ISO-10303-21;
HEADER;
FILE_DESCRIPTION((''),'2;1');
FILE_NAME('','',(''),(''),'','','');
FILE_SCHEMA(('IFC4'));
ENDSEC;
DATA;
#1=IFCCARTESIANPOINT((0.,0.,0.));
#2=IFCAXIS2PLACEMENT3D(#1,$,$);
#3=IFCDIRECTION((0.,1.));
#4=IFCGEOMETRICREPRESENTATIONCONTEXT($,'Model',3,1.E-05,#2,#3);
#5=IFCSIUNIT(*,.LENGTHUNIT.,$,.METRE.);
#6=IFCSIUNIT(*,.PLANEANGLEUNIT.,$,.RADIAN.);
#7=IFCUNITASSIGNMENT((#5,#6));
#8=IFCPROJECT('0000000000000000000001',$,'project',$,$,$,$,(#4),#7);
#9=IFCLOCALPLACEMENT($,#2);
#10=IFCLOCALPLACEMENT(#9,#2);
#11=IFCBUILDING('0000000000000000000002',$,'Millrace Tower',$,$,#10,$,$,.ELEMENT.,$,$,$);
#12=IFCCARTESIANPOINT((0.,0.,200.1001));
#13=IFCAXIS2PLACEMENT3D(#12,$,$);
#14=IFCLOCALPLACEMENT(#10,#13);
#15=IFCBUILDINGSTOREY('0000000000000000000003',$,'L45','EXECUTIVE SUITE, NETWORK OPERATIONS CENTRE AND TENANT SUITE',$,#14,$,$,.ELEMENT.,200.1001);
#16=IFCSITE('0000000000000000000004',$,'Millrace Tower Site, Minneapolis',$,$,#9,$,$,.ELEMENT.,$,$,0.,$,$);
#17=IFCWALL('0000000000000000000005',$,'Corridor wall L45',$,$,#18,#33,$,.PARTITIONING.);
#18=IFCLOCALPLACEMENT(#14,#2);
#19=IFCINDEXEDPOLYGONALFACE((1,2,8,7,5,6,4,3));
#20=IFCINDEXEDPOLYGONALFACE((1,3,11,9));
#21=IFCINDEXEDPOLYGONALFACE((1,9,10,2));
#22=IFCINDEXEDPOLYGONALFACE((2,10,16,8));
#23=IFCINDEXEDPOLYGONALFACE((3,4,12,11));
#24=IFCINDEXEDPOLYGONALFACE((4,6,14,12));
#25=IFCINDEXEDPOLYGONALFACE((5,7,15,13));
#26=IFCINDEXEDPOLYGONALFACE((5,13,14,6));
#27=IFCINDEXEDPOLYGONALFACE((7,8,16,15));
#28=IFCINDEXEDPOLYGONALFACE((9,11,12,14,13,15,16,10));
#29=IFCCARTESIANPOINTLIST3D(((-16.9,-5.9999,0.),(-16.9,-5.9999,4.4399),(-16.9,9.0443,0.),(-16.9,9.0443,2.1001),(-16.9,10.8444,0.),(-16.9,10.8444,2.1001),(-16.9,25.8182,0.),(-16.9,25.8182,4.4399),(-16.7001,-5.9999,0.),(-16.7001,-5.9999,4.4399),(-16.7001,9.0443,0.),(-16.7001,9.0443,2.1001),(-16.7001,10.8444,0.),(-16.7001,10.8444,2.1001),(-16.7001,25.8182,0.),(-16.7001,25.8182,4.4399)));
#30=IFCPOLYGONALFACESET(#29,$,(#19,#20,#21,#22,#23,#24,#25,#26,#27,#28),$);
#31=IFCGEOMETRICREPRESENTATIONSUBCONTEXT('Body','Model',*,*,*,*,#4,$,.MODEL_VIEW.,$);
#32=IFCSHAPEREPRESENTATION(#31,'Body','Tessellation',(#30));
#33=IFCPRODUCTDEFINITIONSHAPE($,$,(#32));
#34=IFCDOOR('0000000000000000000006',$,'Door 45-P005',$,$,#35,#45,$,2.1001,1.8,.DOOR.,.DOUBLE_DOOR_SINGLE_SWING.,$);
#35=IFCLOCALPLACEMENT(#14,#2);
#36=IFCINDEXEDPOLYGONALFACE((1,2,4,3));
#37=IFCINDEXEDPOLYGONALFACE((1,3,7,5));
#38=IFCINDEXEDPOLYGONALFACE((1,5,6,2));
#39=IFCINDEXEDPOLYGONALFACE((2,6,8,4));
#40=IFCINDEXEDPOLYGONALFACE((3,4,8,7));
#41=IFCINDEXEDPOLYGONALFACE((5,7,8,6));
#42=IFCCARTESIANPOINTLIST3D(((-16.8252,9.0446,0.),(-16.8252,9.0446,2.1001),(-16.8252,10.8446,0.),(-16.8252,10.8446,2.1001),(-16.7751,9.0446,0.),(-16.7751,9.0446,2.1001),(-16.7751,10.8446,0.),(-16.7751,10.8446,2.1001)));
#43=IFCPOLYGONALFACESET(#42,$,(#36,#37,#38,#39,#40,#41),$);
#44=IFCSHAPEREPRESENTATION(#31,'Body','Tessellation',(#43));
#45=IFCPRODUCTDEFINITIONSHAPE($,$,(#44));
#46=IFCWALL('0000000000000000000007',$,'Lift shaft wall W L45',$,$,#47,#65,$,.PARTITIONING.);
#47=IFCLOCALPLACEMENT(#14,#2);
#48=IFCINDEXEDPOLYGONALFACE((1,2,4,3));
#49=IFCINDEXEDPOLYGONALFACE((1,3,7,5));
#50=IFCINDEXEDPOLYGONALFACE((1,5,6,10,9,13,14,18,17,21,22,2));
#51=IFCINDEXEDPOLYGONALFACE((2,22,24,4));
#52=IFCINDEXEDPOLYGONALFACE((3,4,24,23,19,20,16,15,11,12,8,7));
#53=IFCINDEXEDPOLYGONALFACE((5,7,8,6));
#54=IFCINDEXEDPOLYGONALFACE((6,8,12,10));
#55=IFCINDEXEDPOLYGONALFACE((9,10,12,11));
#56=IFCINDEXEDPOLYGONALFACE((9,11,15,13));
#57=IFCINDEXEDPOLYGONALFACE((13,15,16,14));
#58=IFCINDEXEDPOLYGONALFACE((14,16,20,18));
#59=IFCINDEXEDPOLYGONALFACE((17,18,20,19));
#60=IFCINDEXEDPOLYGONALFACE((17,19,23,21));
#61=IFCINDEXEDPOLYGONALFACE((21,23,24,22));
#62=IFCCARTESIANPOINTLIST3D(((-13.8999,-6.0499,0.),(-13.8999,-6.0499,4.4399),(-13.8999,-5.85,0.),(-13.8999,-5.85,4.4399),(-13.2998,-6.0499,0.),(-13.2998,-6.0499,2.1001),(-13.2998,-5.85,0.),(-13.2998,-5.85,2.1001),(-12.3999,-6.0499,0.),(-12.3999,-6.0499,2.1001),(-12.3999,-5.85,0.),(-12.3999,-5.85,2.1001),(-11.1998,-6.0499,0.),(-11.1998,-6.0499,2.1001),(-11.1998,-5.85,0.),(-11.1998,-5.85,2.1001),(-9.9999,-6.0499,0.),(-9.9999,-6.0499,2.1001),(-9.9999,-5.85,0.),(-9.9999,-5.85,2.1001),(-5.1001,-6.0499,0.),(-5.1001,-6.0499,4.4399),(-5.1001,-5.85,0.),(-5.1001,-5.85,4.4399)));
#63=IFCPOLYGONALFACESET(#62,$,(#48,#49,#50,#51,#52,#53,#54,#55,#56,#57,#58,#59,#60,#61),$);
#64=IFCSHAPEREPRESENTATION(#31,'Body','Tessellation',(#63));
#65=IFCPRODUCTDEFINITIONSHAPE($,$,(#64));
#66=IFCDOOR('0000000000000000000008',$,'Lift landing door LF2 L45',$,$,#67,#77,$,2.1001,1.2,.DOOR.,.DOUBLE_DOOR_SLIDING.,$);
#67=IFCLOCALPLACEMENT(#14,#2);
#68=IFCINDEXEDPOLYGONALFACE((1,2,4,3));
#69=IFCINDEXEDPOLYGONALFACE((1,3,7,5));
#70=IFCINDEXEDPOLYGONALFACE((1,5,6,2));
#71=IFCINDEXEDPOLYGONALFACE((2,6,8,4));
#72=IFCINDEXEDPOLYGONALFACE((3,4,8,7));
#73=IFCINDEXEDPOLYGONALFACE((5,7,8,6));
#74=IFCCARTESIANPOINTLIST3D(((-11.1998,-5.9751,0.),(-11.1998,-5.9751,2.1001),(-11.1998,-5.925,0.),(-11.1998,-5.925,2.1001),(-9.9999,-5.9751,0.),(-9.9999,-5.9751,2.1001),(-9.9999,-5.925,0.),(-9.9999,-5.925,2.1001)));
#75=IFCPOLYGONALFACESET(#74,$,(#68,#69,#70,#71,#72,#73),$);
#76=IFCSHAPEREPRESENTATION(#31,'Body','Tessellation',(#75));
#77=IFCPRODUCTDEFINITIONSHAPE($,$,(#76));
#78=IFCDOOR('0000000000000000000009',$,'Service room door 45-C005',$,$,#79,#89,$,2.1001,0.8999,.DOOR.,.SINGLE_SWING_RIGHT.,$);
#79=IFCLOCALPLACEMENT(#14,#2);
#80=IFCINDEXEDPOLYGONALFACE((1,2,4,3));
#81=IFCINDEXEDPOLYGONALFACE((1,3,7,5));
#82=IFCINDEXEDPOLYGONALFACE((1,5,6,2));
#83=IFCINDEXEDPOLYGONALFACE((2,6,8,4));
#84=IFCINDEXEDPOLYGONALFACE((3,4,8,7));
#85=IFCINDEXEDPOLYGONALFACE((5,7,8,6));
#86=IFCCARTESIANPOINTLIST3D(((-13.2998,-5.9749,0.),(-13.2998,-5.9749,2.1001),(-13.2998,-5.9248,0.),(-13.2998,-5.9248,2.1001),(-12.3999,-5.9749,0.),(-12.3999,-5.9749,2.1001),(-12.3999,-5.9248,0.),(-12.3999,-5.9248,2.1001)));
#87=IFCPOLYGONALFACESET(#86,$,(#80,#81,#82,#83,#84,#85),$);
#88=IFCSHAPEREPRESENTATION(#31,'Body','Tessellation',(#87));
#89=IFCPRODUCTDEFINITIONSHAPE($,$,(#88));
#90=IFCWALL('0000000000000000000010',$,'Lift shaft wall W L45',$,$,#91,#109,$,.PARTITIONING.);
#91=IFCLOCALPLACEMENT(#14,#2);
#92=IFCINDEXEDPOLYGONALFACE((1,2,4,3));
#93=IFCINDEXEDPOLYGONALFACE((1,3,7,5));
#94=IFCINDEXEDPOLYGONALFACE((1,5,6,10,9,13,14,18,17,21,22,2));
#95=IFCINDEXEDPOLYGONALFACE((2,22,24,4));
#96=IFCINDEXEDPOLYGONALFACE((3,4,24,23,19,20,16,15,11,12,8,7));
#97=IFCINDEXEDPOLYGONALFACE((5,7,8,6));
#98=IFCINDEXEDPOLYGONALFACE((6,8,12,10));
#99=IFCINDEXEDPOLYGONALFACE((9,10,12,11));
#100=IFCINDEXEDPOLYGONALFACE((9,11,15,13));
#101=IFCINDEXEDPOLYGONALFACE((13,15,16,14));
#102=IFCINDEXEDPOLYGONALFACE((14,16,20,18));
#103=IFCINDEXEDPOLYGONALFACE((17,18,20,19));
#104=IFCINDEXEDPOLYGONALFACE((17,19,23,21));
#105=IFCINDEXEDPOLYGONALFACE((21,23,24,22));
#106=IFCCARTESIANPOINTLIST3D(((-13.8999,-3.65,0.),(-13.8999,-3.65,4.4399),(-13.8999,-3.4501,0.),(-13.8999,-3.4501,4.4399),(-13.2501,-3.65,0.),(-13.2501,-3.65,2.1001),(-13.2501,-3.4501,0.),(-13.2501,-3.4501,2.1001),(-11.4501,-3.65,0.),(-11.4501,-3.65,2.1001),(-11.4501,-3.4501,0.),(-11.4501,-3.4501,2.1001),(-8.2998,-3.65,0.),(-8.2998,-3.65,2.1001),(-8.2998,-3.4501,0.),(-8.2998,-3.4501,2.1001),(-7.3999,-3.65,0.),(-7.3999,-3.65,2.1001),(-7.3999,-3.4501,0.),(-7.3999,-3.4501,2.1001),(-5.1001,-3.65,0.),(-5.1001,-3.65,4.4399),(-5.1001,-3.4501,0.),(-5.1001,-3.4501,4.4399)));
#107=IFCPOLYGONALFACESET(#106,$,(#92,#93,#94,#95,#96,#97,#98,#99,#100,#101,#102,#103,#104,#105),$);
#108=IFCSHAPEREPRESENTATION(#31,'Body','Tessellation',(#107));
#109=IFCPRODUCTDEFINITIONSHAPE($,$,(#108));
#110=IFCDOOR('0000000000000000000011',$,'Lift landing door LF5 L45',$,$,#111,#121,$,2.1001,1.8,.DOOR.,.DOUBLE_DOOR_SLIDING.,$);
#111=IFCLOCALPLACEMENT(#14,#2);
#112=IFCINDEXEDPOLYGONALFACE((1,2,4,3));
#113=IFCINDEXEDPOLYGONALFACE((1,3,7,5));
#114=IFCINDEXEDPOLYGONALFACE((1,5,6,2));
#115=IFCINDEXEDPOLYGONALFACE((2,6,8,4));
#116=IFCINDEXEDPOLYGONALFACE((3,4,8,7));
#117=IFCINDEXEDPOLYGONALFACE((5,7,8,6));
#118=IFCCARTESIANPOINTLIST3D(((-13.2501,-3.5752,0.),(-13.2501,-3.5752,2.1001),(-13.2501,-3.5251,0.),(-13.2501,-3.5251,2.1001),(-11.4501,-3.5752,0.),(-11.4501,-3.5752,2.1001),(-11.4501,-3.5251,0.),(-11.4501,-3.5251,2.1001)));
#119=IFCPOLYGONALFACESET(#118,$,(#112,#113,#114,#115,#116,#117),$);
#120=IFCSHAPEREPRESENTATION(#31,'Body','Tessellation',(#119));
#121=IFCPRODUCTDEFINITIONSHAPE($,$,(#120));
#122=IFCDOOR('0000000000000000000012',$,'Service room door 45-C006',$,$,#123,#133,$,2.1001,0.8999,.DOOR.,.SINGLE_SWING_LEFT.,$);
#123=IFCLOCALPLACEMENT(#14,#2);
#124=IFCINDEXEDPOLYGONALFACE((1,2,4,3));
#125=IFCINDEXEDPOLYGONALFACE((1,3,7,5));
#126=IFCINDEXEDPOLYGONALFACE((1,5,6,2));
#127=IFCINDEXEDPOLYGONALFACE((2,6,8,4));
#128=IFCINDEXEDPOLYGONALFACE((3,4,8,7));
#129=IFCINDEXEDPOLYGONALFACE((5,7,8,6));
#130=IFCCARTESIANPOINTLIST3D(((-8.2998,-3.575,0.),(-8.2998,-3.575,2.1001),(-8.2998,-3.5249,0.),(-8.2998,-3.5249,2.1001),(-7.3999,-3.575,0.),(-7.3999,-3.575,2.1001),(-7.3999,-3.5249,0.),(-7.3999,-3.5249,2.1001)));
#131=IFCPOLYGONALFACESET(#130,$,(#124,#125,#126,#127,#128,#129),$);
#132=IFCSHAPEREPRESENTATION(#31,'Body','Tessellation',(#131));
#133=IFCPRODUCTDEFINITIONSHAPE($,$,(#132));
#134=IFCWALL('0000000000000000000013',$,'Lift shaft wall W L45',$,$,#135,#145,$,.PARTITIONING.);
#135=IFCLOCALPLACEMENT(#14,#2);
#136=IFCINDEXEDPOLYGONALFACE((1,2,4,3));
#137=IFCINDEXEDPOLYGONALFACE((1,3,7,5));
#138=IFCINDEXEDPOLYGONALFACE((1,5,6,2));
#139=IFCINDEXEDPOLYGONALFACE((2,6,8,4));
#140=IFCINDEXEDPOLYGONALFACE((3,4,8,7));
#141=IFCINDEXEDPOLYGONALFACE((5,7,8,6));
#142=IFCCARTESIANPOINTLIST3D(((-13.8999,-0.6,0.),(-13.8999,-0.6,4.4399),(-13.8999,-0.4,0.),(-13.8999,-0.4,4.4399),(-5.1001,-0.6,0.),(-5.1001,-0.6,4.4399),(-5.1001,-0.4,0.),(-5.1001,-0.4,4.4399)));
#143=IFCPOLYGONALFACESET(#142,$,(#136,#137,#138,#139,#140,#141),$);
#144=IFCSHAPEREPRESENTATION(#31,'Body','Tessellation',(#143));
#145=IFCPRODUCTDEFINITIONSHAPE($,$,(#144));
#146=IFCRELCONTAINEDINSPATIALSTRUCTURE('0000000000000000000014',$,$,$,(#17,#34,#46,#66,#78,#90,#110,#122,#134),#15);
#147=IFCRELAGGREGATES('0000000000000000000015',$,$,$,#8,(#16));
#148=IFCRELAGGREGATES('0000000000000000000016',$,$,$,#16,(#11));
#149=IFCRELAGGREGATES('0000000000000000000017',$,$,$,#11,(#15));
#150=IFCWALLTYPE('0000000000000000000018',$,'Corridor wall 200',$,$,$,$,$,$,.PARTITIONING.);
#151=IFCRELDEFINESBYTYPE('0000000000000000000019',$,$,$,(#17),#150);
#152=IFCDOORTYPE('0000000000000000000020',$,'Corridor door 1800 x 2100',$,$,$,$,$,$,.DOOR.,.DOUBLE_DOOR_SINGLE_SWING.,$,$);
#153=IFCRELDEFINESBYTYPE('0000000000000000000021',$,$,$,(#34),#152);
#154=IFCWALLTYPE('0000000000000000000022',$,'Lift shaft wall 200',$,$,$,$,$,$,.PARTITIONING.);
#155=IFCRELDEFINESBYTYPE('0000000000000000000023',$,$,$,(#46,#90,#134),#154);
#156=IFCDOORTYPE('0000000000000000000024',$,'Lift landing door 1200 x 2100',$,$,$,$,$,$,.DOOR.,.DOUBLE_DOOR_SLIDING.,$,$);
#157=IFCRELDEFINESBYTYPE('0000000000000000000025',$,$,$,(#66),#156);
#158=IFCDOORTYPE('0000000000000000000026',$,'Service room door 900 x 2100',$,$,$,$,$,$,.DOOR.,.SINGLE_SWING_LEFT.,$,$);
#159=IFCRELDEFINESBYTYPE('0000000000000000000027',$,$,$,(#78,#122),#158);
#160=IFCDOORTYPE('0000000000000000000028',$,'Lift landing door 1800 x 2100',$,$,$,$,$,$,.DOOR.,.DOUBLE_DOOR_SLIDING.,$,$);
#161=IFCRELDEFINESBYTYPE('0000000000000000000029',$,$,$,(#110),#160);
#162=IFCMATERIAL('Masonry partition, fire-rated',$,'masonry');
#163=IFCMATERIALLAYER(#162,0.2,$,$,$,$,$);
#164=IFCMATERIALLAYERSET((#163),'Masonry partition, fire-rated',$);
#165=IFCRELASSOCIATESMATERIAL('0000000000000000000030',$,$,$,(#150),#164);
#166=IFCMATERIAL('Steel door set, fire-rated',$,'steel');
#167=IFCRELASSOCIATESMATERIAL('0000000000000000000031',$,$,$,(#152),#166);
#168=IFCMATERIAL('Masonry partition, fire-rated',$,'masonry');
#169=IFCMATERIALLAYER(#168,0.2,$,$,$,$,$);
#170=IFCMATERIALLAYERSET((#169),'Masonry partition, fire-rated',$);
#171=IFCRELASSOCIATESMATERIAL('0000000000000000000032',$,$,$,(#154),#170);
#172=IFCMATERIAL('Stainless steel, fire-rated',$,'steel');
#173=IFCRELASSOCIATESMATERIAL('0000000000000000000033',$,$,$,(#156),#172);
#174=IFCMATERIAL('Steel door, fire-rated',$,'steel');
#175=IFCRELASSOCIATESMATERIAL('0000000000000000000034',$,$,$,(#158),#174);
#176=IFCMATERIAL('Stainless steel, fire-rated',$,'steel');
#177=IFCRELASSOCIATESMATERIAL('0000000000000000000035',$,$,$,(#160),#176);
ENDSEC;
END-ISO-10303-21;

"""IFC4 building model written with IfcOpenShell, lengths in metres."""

from ifc_helpers import new_model, si_unit, direction, frame, frame_2d, origin, place, context, subcontext, project, spatial, rectangle, extrude, material, layer, layer_set, type_object, element, fill, save


model = new_model("IFC4")

# Units and contexts
model_context = context("Model", 3, precision=1e-05, world=origin(), true_north=direction((0.0, 1.0)))
body_context = subcontext(model_context, "Body", "Model", "MODEL_VIEW")
ifc_project = project(units=[si_unit("LENGTHUNIT", "METRE"), si_unit("PLANEANGLEUNIT", "RADIAN")], contexts=[model_context])

# Site, building, storey
site_placement = place(None, origin())
site = spatial("IfcSite", under=ifc_project, at=site_placement, Name="Millrace Tower Site, Minneapolis", CompositionType="ELEMENT", RefElevation=0.0)
building_placement = place(site_placement, origin())
building = spatial("IfcBuilding", under=site, at=building_placement, Name="Millrace Tower", CompositionType="ELEMENT")
storey_placement = place(building_placement, frame((0.0, 0.0, 200.1001)))
storey = spatial("IfcBuildingStorey", under=building, at=storey_placement, Name="L45", Description="EXECUTIVE SUITE, NETWORK OPERATIONS CENTRE AND TENANT SUITE", CompositionType="ELEMENT", Elevation=200.1001)

# Shared definitions
ifc_material_1 = material(Name="Masonry partition, fire-rated", Category="masonry")
ifc_layer_1 = layer(ifc_material_1, 0.2)
ifc_layer_set_1 = layer_set([ifc_layer_1], Name="Masonry partition, fire-rated")
wall_type_1 = type_object("IfcWallType", Name="Corridor wall 200", PredefinedType="PARTITIONING", material=ifc_layer_set_1)

# Wall, opening, door
wall_1_placement = place(storey_placement, frame((-16.8, -6.0, 0.0), z_axis=(0.0, 0.0, 1.0), x_axis=(0.0, 1.0, 0.0)))
wall_1 = element("IfcWall", 1, at=wall_1_placement, inside=storey, type_object=wall_type_1, Name="Corridor wall L45", PredefinedType="PARTITIONING", context=body_context, shape_type="SweptSolid", body=[
    extrude(rectangle(XDim=31.8181, YDim=0.2, at=frame_2d((15.9092, 0.0))), origin(), (0.0, 0.0, 1.0), 4.4399),
])
opening_1_placement = place(wall_1_placement, frame((15.0444, 0.0, 0.0)))
opening_1 = element("IfcOpeningElement", 2, at=opening_1_placement, cuts=wall_1, PredefinedType="OPENING", context=body_context, shape_type="SweptSolid", body=[
    extrude(rectangle(XDim=1.8, YDim=2.1001, at=frame_2d((0.8999, 1.05))), frame((0.0, 0.1099, 0.0), z_axis=(0.0, -1.0, 0.0), x_axis=(1.0, 0.0, 0.0)), (0.0, 0.0, 1.0), 0.22),
])
ifc_material_2 = material(Name="Steel door set, fire-rated", Category="steel")
door_type_1 = type_object("IfcDoorType", Name="Corridor door 1800 x 2100", OperationType="DOUBLE_DOOR_SINGLE_SWING", PredefinedType="DOOR", material=ifc_material_2)
door_1_placement = place(opening_1_placement, frame((1.8, 0.0, 0.0), z_axis=(0.0, 0.0, 1.0), x_axis=(-1.0, 0.0, 0.0)))
door_1 = element("IfcDoor", 3, at=door_1_placement, inside=storey, type_object=door_type_1, Name="Door 45-P005", OperationType="DOUBLE_DOOR_SINGLE_SWING", OverallHeight=2.1001, OverallWidth=1.8, PredefinedType="DOOR", context=body_context, shape_type="SweptSolid", body=[
    extrude(rectangle(XDim=1.8, YDim=2.1001, at=frame_2d((0.8999, 1.05))), frame((0.0, 0.0249, 0.0), z_axis=(0.0, -1.0, 0.0), x_axis=(1.0, 0.0, 0.0)), (0.0, 0.0, 1.0), 0.05),
])
fill(opening_1, door_1)

# Walls, openings, doors
ifc_material_3 = material(Name="Masonry partition, fire-rated", Category="masonry")
ifc_layer_2 = layer(ifc_material_3, 0.2)
ifc_layer_set_2 = layer_set([ifc_layer_2], Name="Masonry partition, fire-rated")
wall_type_2 = type_object("IfcWallType", Name="Lift shaft wall 200", PredefinedType="PARTITIONING", material=ifc_layer_set_2)
wall_2_placement = place(storey_placement, frame((-13.8999, -5.95, 0.0), z_axis=(0.0, 0.0, 1.0), x_axis=(1.0, 0.0, 0.0)))
wall_2 = element("IfcWall", 4, at=wall_2_placement, inside=storey, type_object=wall_type_2, Name="Lift shaft wall W L45", PredefinedType="PARTITIONING", context=body_context, shape_type="SweptSolid", body=[
    extrude(rectangle(XDim=8.7998, YDim=0.2, at=frame_2d((4.3999, 0.0))), origin(), (0.0, 0.0, 1.0), 4.4399),
])
opening_2_placement = place(wall_2_placement, frame((2.7, 0.0, 0.0)))
opening_2 = element("IfcOpeningElement", 5, at=opening_2_placement, cuts=wall_2, PredefinedType="OPENING", context=body_context, shape_type="SweptSolid", body=[
    extrude(rectangle(XDim=1.2, YDim=2.1001, at=frame_2d((0.6001, 1.05))), frame((0.0, 0.1099, 0.0), z_axis=(0.0, -1.0, 0.0), x_axis=(1.0, 0.0, 0.0)), (0.0, 0.0, 1.0), 0.22),
])
opening_3_placement = place(wall_2_placement, frame((0.6001, 0.0, 0.0)))
opening_3 = element("IfcOpeningElement", 6, at=opening_3_placement, cuts=wall_2, PredefinedType="OPENING", context=body_context, shape_type="SweptSolid", body=[
    extrude(rectangle(XDim=0.8999, YDim=2.1001, at=frame_2d((0.45, 1.05))), frame((0.0, 0.1099, 0.0), z_axis=(0.0, -1.0, 0.0), x_axis=(1.0, 0.0, 0.0)), (0.0, 0.0, 1.0), 0.22),
])
ifc_material_4 = material(Name="Stainless steel, fire-rated", Category="steel")
door_type_2 = type_object("IfcDoorType", Name="Lift landing door 1200 x 2100", OperationType="DOUBLE_DOOR_SLIDING", PredefinedType="DOOR", material=ifc_material_4)
door_2_placement = place(opening_2_placement, origin())
door_2 = element("IfcDoor", 7, at=door_2_placement, inside=storey, type_object=door_type_2, Name="Lift landing door LF2 L45", OperationType="DOUBLE_DOOR_SLIDING", OverallHeight=2.1001, OverallWidth=1.2, PredefinedType="DOOR", context=body_context, shape_type="SweptSolid", body=[
    extrude(rectangle(XDim=1.2, YDim=2.1001, at=frame_2d((0.6001, 1.05))), frame((0.0, 0.0249, 0.0), z_axis=(0.0, -1.0, 0.0), x_axis=(1.0, 0.0, 0.0)), (0.0, 0.0, 1.0), 0.05),
])
fill(opening_2, door_2)
ifc_material_5 = material(Name="Steel door, fire-rated", Category="steel")
door_type_3 = type_object("IfcDoorType", Name="Service room door 900 x 2100", OperationType="SINGLE_SWING_LEFT", PredefinedType="DOOR", material=ifc_material_5)
door_3_placement = place(opening_3_placement, frame((0.8999, 0.0, 0.0), z_axis=(0.0, 0.0, 1.0), x_axis=(-1.0, 0.0, 0.0)))
door_3 = element("IfcDoor", 8, at=door_3_placement, inside=storey, type_object=door_type_3, Name="Service room door 45-C005", OperationType="SINGLE_SWING_RIGHT", OverallHeight=2.1001, OverallWidth=0.8999, PredefinedType="DOOR", context=body_context, shape_type="SweptSolid", body=[
    extrude(rectangle(XDim=0.8999, YDim=2.1001, at=frame_2d((0.45, 1.05))), frame((0.0, 0.0249, 0.0), z_axis=(0.0, -1.0, 0.0), x_axis=(1.0, 0.0, 0.0)), (0.0, 0.0, 1.0), 0.05),
])
fill(opening_3, door_3)
wall_3_placement = place(storey_placement, frame((-13.8999, -3.55, 0.0), z_axis=(0.0, 0.0, 1.0), x_axis=(1.0, 0.0, 0.0)))
wall_3 = element("IfcWall", 9, at=wall_3_placement, inside=storey, type_object=wall_type_2, Name="Lift shaft wall W L45", PredefinedType="PARTITIONING", context=body_context, shape_type="SweptSolid", body=[
    extrude(rectangle(XDim=8.7998, YDim=0.2, at=frame_2d((4.3999, 0.0))), origin(), (0.0, 0.0, 1.0), 4.4399),
])
opening_4_placement = place(wall_3_placement, frame((0.6499, 0.0, 0.0)))
opening_4 = element("IfcOpeningElement", 10, at=opening_4_placement, cuts=wall_3, PredefinedType="OPENING", context=body_context, shape_type="SweptSolid", body=[
    extrude(rectangle(XDim=1.8, YDim=2.1001, at=frame_2d((0.8999, 1.05))), frame((0.0, 0.1099, 0.0), z_axis=(0.0, -1.0, 0.0), x_axis=(1.0, 0.0, 0.0)), (0.0, 0.0, 1.0), 0.22),
])
opening_5_placement = place(wall_3_placement, frame((5.6001, 0.0, 0.0)))
opening_5 = element("IfcOpeningElement", 11, at=opening_5_placement, cuts=wall_3, PredefinedType="OPENING", context=body_context, shape_type="SweptSolid", body=[
    extrude(rectangle(XDim=0.8999, YDim=2.1001, at=frame_2d((0.45, 1.05))), frame((0.0, 0.1099, 0.0), z_axis=(0.0, -1.0, 0.0), x_axis=(1.0, 0.0, 0.0)), (0.0, 0.0, 1.0), 0.22),
])
ifc_material_6 = material(Name="Stainless steel, fire-rated", Category="steel")
door_type_4 = type_object("IfcDoorType", Name="Lift landing door 1800 x 2100", OperationType="DOUBLE_DOOR_SLIDING", PredefinedType="DOOR", material=ifc_material_6)
door_4_placement = place(opening_4_placement, origin())
door_4 = element("IfcDoor", 12, at=door_4_placement, inside=storey, type_object=door_type_4, Name="Lift landing door LF5 L45", OperationType="DOUBLE_DOOR_SLIDING", OverallHeight=2.1001, OverallWidth=1.8, PredefinedType="DOOR", context=body_context, shape_type="SweptSolid", body=[
    extrude(rectangle(XDim=1.8, YDim=2.1001, at=frame_2d((0.8999, 1.05))), frame((0.0, 0.0249, 0.0), z_axis=(0.0, -1.0, 0.0), x_axis=(1.0, 0.0, 0.0)), (0.0, 0.0, 1.0), 0.05),
])
fill(opening_4, door_4)
door_5_placement = place(opening_5_placement, frame((0.8999, 0.0, 0.0), z_axis=(0.0, 0.0, 1.0), x_axis=(-1.0, 0.0, 0.0)))
door_5 = element("IfcDoor", 13, at=door_5_placement, inside=storey, type_object=door_type_3, Name="Service room door 45-C006", OperationType="SINGLE_SWING_LEFT", OverallHeight=2.1001, OverallWidth=0.8999, PredefinedType="DOOR", context=body_context, shape_type="SweptSolid", body=[
    extrude(rectangle(XDim=0.8999, YDim=2.1001, at=frame_2d((0.45, 1.05))), frame((0.0, 0.0249, 0.0), z_axis=(0.0, -1.0, 0.0), x_axis=(1.0, 0.0, 0.0)), (0.0, 0.0, 1.0), 0.05),
])
fill(opening_5, door_5)

# Wall
wall_4_placement = place(storey_placement, frame((-13.8999, -0.5, 0.0), z_axis=(0.0, 0.0, 1.0), x_axis=(1.0, 0.0, 0.0)))
element("IfcWall", 14, at=wall_4_placement, inside=storey, type_object=wall_type_2, Name="Lift shaft wall W L45", PredefinedType="PARTITIONING", context=body_context, shape_type="SweptSolid", body=[
    extrude(rectangle(XDim=8.7998, YDim=0.2, at=frame_2d((4.3999, 0.0))), origin(), (0.0, 0.0, 1.0), 4.4399),
])

save(model, "model.ifc")
